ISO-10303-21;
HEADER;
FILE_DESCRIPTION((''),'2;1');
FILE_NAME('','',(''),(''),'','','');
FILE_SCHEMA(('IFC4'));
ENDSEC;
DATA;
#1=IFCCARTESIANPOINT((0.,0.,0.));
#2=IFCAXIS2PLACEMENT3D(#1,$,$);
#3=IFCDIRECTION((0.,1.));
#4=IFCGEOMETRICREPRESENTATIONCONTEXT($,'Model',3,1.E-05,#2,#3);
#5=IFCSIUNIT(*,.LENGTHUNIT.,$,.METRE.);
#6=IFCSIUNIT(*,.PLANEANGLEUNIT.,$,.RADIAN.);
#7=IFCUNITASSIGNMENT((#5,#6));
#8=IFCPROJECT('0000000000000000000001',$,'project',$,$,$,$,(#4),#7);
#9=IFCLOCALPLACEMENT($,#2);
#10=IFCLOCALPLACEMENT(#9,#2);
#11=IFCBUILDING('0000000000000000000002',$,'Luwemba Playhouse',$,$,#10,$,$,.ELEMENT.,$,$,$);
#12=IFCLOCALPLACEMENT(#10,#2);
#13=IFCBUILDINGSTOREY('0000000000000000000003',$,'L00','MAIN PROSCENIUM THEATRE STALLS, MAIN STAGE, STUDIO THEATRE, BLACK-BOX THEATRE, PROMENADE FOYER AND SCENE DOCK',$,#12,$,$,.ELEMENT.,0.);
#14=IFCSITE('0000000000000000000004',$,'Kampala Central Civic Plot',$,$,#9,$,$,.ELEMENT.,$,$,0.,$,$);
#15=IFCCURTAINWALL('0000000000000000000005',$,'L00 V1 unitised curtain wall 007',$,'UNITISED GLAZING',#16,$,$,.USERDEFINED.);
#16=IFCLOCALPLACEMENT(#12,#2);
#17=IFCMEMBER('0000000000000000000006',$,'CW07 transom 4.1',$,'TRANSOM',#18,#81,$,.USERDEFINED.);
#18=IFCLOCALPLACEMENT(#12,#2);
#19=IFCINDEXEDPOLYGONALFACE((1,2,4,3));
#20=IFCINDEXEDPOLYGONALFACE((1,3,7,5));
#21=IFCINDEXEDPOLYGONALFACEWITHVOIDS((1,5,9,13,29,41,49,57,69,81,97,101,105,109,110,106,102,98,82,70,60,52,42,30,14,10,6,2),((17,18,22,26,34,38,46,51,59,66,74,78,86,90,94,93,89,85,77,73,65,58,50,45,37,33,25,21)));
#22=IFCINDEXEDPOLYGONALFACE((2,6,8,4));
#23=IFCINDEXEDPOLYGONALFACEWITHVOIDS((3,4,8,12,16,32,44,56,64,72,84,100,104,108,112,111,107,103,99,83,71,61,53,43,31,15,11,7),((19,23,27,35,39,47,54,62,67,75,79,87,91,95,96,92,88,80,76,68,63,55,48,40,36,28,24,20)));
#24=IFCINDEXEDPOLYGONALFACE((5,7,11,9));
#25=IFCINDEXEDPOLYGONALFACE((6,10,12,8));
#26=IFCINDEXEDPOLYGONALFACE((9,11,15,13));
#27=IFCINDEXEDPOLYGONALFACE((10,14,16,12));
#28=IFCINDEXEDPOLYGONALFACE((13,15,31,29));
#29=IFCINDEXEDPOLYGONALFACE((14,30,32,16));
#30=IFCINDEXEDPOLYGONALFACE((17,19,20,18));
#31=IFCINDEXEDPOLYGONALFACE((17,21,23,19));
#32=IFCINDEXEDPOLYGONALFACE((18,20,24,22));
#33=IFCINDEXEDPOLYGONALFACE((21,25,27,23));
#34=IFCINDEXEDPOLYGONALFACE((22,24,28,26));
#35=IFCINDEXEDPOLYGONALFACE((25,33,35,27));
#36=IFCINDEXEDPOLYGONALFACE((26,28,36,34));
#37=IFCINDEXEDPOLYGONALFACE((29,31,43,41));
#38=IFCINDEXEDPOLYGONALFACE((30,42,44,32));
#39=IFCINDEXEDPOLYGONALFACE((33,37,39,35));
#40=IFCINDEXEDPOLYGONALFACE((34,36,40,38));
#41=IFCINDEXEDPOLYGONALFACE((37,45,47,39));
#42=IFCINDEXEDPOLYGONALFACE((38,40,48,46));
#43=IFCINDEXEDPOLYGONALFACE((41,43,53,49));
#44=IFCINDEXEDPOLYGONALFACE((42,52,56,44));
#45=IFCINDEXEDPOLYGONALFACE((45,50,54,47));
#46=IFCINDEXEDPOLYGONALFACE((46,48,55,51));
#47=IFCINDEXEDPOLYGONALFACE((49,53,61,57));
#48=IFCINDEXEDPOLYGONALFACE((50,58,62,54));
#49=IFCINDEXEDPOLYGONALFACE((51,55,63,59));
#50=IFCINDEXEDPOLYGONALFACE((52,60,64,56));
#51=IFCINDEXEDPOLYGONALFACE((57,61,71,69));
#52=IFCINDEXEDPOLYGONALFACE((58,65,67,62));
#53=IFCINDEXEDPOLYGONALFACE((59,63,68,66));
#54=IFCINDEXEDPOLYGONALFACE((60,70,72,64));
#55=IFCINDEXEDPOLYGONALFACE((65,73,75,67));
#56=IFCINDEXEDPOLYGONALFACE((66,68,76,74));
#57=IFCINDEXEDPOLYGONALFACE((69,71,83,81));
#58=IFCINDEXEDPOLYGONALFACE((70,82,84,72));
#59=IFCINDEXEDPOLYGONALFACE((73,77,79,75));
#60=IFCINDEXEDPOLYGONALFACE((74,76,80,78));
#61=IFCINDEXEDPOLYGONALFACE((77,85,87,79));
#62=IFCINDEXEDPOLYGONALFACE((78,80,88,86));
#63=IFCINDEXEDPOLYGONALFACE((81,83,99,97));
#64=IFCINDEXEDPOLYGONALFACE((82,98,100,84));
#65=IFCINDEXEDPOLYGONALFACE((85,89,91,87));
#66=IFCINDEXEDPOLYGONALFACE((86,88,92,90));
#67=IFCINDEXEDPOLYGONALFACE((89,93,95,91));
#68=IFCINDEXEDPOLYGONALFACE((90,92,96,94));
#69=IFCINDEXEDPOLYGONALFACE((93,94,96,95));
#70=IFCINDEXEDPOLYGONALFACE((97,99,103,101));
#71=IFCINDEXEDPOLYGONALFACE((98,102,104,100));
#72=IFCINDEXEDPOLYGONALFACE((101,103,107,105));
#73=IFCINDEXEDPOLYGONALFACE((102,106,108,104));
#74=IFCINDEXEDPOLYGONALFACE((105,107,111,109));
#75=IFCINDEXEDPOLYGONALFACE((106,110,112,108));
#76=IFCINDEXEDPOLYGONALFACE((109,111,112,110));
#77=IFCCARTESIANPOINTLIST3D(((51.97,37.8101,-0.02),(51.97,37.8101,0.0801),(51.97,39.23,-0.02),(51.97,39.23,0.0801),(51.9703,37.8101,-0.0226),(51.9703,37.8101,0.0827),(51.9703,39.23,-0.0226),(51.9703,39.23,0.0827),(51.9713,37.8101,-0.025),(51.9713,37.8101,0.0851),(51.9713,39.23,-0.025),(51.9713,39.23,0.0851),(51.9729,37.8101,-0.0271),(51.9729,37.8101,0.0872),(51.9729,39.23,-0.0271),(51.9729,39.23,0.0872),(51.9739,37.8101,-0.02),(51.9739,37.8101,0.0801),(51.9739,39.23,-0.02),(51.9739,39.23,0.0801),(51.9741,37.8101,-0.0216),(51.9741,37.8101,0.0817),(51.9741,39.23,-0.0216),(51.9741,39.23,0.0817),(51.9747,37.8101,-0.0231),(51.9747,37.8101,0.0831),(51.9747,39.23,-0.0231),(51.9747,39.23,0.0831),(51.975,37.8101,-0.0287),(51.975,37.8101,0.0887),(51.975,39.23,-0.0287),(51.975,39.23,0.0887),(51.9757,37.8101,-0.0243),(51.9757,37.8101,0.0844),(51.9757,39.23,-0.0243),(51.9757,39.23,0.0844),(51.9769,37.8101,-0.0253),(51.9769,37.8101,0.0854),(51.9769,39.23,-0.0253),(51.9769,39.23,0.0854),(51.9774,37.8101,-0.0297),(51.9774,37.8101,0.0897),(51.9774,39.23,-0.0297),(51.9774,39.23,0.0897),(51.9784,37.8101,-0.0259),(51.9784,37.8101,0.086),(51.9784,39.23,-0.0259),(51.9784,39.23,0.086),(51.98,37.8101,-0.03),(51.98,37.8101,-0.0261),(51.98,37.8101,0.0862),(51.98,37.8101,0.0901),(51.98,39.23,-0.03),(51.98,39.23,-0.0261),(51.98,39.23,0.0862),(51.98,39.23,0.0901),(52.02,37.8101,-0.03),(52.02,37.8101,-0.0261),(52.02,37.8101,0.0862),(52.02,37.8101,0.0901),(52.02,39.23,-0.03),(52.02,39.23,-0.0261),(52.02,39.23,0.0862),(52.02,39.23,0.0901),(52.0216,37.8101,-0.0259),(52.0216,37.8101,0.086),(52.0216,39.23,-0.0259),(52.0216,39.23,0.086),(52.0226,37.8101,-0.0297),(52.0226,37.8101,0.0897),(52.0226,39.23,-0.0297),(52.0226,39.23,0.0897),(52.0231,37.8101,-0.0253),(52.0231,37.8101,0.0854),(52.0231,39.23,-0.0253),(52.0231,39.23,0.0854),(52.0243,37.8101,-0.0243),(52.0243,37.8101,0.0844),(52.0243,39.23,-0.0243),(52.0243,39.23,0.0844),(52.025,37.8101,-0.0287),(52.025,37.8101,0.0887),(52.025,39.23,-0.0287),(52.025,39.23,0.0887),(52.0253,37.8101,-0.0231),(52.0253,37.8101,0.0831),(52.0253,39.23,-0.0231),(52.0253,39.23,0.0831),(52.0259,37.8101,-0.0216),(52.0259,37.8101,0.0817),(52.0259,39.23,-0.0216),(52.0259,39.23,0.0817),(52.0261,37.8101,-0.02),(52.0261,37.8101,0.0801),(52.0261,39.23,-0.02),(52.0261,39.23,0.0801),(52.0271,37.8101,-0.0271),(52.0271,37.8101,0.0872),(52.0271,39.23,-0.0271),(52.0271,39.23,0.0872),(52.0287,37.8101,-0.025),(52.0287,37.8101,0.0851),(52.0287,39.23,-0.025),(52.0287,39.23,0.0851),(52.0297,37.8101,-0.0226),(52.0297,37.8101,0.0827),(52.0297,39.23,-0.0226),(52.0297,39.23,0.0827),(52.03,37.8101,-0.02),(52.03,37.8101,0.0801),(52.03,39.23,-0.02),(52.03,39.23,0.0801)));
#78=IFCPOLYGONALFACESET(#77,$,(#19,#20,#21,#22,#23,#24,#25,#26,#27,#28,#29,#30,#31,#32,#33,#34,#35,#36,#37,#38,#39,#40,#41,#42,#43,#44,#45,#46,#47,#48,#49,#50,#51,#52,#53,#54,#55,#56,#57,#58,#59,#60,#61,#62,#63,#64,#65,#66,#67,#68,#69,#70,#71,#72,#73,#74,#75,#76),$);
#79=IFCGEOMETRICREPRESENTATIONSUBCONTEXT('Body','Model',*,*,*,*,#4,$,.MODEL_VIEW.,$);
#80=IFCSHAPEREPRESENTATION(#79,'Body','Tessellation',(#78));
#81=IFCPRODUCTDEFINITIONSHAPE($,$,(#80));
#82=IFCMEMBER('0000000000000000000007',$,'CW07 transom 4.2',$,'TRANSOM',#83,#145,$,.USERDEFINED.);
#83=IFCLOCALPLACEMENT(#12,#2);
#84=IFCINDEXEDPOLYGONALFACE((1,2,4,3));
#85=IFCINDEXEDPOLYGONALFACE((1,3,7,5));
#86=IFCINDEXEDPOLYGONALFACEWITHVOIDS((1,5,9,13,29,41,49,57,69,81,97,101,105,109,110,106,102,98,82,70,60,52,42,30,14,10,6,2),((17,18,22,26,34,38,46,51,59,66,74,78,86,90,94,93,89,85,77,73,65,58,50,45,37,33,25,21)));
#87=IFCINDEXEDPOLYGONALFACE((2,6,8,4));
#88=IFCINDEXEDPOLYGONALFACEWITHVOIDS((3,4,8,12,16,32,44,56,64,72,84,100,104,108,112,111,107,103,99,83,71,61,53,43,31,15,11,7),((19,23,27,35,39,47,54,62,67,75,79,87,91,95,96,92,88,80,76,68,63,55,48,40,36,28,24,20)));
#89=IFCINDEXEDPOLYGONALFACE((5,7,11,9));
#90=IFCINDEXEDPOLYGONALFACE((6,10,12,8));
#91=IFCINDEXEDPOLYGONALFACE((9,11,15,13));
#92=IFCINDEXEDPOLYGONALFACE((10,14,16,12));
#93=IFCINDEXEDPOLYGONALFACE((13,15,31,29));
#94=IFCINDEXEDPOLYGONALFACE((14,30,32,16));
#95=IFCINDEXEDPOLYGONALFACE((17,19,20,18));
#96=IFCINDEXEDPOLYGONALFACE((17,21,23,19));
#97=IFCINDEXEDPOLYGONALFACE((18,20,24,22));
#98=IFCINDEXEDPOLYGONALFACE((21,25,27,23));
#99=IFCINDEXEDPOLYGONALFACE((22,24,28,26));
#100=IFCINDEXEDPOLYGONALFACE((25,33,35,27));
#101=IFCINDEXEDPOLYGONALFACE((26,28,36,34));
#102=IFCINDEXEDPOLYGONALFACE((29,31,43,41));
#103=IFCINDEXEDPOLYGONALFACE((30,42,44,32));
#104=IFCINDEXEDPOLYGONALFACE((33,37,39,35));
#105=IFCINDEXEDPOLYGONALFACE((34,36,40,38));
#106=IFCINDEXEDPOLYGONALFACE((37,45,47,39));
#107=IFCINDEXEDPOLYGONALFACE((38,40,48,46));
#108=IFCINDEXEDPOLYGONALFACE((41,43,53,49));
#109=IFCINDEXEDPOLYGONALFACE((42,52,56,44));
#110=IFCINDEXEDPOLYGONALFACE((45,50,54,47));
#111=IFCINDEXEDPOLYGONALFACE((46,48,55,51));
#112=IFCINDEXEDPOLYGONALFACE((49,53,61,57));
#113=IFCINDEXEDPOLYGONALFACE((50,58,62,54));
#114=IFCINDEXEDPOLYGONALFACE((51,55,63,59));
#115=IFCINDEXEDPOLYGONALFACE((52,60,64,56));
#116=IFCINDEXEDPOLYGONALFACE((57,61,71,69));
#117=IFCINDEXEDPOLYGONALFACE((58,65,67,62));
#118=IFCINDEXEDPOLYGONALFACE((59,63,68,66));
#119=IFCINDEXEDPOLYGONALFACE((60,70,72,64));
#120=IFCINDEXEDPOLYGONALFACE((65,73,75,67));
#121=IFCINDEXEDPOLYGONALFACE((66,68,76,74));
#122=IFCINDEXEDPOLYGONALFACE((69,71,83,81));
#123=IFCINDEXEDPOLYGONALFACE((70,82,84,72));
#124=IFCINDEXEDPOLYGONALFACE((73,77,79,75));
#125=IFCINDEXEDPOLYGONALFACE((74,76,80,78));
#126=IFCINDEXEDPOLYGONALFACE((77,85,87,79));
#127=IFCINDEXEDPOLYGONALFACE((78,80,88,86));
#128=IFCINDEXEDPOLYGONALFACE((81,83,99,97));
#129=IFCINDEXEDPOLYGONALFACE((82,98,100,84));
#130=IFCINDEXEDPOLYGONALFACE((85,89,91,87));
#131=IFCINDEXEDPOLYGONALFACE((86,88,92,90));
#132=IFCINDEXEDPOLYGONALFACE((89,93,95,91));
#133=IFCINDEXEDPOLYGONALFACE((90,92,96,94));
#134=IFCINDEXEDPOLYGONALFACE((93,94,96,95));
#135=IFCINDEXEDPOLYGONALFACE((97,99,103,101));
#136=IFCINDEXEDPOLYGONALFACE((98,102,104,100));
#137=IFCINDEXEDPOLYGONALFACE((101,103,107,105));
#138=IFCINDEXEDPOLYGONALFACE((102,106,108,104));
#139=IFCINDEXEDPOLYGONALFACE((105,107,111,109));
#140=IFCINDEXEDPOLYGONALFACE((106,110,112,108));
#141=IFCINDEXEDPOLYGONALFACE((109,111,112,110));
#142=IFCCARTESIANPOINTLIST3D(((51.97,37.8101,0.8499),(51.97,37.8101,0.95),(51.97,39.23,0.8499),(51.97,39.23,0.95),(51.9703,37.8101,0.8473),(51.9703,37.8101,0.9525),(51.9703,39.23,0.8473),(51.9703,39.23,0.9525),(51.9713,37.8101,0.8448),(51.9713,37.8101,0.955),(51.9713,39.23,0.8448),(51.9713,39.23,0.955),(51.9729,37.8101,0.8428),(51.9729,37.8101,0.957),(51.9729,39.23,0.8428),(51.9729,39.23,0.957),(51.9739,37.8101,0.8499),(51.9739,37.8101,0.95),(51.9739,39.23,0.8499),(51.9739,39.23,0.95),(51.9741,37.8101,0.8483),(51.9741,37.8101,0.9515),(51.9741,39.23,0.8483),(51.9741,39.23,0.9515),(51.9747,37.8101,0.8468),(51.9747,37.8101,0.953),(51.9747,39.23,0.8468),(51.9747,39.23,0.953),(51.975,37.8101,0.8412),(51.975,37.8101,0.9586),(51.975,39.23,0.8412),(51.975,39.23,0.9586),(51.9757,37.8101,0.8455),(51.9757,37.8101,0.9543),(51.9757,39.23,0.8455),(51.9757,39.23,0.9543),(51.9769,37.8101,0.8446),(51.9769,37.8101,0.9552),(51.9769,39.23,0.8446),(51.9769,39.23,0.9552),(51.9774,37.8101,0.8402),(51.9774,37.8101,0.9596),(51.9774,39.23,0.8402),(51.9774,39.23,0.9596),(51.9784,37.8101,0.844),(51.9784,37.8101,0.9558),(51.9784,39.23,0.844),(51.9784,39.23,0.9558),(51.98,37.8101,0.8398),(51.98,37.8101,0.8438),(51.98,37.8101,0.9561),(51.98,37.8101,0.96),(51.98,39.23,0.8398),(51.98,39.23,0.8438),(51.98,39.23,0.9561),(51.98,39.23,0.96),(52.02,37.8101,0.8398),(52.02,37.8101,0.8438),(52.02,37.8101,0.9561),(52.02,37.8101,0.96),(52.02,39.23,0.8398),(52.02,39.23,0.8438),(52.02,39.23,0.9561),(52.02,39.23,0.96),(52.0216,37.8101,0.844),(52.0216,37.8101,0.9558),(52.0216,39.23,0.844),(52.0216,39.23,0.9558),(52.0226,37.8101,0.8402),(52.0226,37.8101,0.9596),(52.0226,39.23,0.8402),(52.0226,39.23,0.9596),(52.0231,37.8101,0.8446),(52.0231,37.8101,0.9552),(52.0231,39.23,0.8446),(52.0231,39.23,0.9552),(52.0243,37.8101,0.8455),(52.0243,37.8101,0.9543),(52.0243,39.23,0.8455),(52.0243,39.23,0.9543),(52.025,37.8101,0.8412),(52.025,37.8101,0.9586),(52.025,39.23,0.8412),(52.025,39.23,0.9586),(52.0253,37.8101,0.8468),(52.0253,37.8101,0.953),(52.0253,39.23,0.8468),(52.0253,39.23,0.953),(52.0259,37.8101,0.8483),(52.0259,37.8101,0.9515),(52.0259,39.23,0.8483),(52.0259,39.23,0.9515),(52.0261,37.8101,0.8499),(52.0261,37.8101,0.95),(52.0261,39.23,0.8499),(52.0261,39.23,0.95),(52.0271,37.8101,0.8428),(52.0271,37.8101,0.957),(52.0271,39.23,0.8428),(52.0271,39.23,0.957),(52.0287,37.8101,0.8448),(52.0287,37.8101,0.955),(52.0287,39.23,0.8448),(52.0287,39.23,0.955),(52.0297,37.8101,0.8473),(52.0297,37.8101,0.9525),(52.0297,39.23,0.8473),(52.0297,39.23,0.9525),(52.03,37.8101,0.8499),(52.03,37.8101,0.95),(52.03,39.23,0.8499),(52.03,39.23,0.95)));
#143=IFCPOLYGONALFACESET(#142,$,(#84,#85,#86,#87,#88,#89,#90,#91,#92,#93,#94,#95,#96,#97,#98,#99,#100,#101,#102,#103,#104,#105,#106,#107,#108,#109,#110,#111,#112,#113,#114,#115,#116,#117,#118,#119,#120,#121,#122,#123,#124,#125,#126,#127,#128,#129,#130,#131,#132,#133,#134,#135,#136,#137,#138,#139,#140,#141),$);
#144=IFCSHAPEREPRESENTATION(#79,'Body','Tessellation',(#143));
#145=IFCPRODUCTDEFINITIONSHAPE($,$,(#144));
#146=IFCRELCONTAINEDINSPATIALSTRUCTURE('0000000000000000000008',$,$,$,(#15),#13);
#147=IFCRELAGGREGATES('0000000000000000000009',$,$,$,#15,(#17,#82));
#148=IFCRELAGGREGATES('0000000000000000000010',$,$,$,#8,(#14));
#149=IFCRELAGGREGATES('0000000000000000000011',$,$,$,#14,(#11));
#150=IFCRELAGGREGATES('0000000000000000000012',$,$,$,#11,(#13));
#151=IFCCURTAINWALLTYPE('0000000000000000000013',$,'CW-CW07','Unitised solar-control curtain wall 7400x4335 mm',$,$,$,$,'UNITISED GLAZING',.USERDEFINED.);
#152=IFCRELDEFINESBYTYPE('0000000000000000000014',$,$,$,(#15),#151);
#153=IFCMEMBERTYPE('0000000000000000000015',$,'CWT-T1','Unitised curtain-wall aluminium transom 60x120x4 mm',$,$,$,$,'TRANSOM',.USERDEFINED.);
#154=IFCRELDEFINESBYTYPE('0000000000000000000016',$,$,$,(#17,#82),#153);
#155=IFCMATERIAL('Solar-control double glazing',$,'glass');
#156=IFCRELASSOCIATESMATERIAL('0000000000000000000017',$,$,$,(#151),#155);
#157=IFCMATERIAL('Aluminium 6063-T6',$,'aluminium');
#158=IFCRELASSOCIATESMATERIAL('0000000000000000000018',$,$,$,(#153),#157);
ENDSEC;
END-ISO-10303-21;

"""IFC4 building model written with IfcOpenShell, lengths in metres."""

from ifc_helpers import new_model, si_unit, direction, frame, origin, origin_2d, place, context, subcontext, project, spatial, hollow_rectangle, extrude, material, material_profile, profile_set, type_object, element, aggregate, save


model = new_model("IFC4")

# Units and contexts
model_context = context("Model", 3, precision=1e-05, world=origin(), true_north=direction((0.0, 1.0)))
body_context = subcontext(model_context, "Body", "Model", "MODEL_VIEW")
ifc_project = project(units=[si_unit("LENGTHUNIT", "METRE"), si_unit("PLANEANGLEUNIT", "RADIAN")], contexts=[model_context])

# Site, building, storey
site_placement = place(None, origin())
site = spatial("IfcSite", under=ifc_project, at=site_placement, Name="Kampala Central Civic Plot", CompositionType="ELEMENT", RefElevation=0.0)
building_placement = place(site_placement, origin())
building = spatial("IfcBuilding", under=site, at=building_placement, Name="Luwemba Playhouse", CompositionType="ELEMENT")
storey_placement = place(building_placement, origin())
storey = spatial("IfcBuildingStorey", under=building, at=storey_placement, Name="L00", Description="MAIN PROSCENIUM THEATRE STALLS, MAIN STAGE, STUDIO THEATRE, BLACK-BOX THEATRE, PROMENADE FOYER AND SCENE DOCK", CompositionType="ELEMENT", Elevation=0.0)

# Curtain wall, members
ifc_material_1 = material(Name="Solar-control double glazing", Category="glass")
curtain_wall_type = type_object("IfcCurtainWallType", Name="CW-CW07", Description="Unitised solar-control curtain wall 7400x4335 mm", ElementType="UNITISED GLAZING", PredefinedType="USERDEFINED", material=ifc_material_1)
curtain_wall_placement = place(storey_placement, origin())
curtain_wall = element("IfcCurtainWall", 1, at=curtain_wall_placement, inside=storey, type_object=curtain_wall_type, Name="L00 V1 unitised curtain wall 007", ObjectType="UNITISED GLAZING", PredefinedType="USERDEFINED")
ifc_material_2 = material(Name="Aluminium 6063-T6", Category="aluminium")
ifc_material_profile_1 = material_profile(ifc_material_2, hollow_rectangle(XDim=0.0601, YDim=0.1201, WallThickness=0.0039, InnerFilletRadius=0.0061, OuterFilletRadius=0.01, at=origin_2d()))
ifc_profile_set_1 = profile_set([ifc_material_profile_1], Name="Aluminium 6063-T6")
member_type_1 = type_object("IfcMemberType", Name="CWT-T1", Description="Unitised curtain-wall aluminium transom 60x120x4 mm", ElementType="TRANSOM", PredefinedType="USERDEFINED", material=ifc_profile_set_1)
member_1_placement = place(storey_placement, frame((52.0, 39.23, 0.03), z_axis=(0.0, -1.0, 0.0), x_axis=(1.0, 0.0, 0.0)))
member_1 = element("IfcMember", 2, at=member_1_placement, type_object=member_type_1, Name="CW07 transom 4.1", ObjectType="TRANSOM", PredefinedType="USERDEFINED", context=body_context, shape_type="SweptSolid", body=[
    extrude(hollow_rectangle(XDim=0.0601, YDim=0.1201, WallThickness=0.0039, InnerFilletRadius=0.0061, OuterFilletRadius=0.01, at=origin_2d()), origin(), (0.0, 0.0, 1.0), 1.4199),
])
member_2_placement = place(storey_placement, frame((52.0, 39.23, 0.8999), z_axis=(0.0, -1.0, 0.0), x_axis=(1.0, 0.0, 0.0)))
member_2 = element("IfcMember", 3, at=member_2_placement, type_object=member_type_1, Name="CW07 transom 4.2", ObjectType="TRANSOM", PredefinedType="USERDEFINED", context=body_context, shape_type="SweptSolid", body=[
    extrude(hollow_rectangle(XDim=0.0601, YDim=0.1201, WallThickness=0.0039, InnerFilletRadius=0.0061, OuterFilletRadius=0.01, at=origin_2d()), origin(), (0.0, 0.0, 1.0), 1.4199),
])
aggregate(curtain_wall, [member_1, member_2])

save(model, "model.ifc")
